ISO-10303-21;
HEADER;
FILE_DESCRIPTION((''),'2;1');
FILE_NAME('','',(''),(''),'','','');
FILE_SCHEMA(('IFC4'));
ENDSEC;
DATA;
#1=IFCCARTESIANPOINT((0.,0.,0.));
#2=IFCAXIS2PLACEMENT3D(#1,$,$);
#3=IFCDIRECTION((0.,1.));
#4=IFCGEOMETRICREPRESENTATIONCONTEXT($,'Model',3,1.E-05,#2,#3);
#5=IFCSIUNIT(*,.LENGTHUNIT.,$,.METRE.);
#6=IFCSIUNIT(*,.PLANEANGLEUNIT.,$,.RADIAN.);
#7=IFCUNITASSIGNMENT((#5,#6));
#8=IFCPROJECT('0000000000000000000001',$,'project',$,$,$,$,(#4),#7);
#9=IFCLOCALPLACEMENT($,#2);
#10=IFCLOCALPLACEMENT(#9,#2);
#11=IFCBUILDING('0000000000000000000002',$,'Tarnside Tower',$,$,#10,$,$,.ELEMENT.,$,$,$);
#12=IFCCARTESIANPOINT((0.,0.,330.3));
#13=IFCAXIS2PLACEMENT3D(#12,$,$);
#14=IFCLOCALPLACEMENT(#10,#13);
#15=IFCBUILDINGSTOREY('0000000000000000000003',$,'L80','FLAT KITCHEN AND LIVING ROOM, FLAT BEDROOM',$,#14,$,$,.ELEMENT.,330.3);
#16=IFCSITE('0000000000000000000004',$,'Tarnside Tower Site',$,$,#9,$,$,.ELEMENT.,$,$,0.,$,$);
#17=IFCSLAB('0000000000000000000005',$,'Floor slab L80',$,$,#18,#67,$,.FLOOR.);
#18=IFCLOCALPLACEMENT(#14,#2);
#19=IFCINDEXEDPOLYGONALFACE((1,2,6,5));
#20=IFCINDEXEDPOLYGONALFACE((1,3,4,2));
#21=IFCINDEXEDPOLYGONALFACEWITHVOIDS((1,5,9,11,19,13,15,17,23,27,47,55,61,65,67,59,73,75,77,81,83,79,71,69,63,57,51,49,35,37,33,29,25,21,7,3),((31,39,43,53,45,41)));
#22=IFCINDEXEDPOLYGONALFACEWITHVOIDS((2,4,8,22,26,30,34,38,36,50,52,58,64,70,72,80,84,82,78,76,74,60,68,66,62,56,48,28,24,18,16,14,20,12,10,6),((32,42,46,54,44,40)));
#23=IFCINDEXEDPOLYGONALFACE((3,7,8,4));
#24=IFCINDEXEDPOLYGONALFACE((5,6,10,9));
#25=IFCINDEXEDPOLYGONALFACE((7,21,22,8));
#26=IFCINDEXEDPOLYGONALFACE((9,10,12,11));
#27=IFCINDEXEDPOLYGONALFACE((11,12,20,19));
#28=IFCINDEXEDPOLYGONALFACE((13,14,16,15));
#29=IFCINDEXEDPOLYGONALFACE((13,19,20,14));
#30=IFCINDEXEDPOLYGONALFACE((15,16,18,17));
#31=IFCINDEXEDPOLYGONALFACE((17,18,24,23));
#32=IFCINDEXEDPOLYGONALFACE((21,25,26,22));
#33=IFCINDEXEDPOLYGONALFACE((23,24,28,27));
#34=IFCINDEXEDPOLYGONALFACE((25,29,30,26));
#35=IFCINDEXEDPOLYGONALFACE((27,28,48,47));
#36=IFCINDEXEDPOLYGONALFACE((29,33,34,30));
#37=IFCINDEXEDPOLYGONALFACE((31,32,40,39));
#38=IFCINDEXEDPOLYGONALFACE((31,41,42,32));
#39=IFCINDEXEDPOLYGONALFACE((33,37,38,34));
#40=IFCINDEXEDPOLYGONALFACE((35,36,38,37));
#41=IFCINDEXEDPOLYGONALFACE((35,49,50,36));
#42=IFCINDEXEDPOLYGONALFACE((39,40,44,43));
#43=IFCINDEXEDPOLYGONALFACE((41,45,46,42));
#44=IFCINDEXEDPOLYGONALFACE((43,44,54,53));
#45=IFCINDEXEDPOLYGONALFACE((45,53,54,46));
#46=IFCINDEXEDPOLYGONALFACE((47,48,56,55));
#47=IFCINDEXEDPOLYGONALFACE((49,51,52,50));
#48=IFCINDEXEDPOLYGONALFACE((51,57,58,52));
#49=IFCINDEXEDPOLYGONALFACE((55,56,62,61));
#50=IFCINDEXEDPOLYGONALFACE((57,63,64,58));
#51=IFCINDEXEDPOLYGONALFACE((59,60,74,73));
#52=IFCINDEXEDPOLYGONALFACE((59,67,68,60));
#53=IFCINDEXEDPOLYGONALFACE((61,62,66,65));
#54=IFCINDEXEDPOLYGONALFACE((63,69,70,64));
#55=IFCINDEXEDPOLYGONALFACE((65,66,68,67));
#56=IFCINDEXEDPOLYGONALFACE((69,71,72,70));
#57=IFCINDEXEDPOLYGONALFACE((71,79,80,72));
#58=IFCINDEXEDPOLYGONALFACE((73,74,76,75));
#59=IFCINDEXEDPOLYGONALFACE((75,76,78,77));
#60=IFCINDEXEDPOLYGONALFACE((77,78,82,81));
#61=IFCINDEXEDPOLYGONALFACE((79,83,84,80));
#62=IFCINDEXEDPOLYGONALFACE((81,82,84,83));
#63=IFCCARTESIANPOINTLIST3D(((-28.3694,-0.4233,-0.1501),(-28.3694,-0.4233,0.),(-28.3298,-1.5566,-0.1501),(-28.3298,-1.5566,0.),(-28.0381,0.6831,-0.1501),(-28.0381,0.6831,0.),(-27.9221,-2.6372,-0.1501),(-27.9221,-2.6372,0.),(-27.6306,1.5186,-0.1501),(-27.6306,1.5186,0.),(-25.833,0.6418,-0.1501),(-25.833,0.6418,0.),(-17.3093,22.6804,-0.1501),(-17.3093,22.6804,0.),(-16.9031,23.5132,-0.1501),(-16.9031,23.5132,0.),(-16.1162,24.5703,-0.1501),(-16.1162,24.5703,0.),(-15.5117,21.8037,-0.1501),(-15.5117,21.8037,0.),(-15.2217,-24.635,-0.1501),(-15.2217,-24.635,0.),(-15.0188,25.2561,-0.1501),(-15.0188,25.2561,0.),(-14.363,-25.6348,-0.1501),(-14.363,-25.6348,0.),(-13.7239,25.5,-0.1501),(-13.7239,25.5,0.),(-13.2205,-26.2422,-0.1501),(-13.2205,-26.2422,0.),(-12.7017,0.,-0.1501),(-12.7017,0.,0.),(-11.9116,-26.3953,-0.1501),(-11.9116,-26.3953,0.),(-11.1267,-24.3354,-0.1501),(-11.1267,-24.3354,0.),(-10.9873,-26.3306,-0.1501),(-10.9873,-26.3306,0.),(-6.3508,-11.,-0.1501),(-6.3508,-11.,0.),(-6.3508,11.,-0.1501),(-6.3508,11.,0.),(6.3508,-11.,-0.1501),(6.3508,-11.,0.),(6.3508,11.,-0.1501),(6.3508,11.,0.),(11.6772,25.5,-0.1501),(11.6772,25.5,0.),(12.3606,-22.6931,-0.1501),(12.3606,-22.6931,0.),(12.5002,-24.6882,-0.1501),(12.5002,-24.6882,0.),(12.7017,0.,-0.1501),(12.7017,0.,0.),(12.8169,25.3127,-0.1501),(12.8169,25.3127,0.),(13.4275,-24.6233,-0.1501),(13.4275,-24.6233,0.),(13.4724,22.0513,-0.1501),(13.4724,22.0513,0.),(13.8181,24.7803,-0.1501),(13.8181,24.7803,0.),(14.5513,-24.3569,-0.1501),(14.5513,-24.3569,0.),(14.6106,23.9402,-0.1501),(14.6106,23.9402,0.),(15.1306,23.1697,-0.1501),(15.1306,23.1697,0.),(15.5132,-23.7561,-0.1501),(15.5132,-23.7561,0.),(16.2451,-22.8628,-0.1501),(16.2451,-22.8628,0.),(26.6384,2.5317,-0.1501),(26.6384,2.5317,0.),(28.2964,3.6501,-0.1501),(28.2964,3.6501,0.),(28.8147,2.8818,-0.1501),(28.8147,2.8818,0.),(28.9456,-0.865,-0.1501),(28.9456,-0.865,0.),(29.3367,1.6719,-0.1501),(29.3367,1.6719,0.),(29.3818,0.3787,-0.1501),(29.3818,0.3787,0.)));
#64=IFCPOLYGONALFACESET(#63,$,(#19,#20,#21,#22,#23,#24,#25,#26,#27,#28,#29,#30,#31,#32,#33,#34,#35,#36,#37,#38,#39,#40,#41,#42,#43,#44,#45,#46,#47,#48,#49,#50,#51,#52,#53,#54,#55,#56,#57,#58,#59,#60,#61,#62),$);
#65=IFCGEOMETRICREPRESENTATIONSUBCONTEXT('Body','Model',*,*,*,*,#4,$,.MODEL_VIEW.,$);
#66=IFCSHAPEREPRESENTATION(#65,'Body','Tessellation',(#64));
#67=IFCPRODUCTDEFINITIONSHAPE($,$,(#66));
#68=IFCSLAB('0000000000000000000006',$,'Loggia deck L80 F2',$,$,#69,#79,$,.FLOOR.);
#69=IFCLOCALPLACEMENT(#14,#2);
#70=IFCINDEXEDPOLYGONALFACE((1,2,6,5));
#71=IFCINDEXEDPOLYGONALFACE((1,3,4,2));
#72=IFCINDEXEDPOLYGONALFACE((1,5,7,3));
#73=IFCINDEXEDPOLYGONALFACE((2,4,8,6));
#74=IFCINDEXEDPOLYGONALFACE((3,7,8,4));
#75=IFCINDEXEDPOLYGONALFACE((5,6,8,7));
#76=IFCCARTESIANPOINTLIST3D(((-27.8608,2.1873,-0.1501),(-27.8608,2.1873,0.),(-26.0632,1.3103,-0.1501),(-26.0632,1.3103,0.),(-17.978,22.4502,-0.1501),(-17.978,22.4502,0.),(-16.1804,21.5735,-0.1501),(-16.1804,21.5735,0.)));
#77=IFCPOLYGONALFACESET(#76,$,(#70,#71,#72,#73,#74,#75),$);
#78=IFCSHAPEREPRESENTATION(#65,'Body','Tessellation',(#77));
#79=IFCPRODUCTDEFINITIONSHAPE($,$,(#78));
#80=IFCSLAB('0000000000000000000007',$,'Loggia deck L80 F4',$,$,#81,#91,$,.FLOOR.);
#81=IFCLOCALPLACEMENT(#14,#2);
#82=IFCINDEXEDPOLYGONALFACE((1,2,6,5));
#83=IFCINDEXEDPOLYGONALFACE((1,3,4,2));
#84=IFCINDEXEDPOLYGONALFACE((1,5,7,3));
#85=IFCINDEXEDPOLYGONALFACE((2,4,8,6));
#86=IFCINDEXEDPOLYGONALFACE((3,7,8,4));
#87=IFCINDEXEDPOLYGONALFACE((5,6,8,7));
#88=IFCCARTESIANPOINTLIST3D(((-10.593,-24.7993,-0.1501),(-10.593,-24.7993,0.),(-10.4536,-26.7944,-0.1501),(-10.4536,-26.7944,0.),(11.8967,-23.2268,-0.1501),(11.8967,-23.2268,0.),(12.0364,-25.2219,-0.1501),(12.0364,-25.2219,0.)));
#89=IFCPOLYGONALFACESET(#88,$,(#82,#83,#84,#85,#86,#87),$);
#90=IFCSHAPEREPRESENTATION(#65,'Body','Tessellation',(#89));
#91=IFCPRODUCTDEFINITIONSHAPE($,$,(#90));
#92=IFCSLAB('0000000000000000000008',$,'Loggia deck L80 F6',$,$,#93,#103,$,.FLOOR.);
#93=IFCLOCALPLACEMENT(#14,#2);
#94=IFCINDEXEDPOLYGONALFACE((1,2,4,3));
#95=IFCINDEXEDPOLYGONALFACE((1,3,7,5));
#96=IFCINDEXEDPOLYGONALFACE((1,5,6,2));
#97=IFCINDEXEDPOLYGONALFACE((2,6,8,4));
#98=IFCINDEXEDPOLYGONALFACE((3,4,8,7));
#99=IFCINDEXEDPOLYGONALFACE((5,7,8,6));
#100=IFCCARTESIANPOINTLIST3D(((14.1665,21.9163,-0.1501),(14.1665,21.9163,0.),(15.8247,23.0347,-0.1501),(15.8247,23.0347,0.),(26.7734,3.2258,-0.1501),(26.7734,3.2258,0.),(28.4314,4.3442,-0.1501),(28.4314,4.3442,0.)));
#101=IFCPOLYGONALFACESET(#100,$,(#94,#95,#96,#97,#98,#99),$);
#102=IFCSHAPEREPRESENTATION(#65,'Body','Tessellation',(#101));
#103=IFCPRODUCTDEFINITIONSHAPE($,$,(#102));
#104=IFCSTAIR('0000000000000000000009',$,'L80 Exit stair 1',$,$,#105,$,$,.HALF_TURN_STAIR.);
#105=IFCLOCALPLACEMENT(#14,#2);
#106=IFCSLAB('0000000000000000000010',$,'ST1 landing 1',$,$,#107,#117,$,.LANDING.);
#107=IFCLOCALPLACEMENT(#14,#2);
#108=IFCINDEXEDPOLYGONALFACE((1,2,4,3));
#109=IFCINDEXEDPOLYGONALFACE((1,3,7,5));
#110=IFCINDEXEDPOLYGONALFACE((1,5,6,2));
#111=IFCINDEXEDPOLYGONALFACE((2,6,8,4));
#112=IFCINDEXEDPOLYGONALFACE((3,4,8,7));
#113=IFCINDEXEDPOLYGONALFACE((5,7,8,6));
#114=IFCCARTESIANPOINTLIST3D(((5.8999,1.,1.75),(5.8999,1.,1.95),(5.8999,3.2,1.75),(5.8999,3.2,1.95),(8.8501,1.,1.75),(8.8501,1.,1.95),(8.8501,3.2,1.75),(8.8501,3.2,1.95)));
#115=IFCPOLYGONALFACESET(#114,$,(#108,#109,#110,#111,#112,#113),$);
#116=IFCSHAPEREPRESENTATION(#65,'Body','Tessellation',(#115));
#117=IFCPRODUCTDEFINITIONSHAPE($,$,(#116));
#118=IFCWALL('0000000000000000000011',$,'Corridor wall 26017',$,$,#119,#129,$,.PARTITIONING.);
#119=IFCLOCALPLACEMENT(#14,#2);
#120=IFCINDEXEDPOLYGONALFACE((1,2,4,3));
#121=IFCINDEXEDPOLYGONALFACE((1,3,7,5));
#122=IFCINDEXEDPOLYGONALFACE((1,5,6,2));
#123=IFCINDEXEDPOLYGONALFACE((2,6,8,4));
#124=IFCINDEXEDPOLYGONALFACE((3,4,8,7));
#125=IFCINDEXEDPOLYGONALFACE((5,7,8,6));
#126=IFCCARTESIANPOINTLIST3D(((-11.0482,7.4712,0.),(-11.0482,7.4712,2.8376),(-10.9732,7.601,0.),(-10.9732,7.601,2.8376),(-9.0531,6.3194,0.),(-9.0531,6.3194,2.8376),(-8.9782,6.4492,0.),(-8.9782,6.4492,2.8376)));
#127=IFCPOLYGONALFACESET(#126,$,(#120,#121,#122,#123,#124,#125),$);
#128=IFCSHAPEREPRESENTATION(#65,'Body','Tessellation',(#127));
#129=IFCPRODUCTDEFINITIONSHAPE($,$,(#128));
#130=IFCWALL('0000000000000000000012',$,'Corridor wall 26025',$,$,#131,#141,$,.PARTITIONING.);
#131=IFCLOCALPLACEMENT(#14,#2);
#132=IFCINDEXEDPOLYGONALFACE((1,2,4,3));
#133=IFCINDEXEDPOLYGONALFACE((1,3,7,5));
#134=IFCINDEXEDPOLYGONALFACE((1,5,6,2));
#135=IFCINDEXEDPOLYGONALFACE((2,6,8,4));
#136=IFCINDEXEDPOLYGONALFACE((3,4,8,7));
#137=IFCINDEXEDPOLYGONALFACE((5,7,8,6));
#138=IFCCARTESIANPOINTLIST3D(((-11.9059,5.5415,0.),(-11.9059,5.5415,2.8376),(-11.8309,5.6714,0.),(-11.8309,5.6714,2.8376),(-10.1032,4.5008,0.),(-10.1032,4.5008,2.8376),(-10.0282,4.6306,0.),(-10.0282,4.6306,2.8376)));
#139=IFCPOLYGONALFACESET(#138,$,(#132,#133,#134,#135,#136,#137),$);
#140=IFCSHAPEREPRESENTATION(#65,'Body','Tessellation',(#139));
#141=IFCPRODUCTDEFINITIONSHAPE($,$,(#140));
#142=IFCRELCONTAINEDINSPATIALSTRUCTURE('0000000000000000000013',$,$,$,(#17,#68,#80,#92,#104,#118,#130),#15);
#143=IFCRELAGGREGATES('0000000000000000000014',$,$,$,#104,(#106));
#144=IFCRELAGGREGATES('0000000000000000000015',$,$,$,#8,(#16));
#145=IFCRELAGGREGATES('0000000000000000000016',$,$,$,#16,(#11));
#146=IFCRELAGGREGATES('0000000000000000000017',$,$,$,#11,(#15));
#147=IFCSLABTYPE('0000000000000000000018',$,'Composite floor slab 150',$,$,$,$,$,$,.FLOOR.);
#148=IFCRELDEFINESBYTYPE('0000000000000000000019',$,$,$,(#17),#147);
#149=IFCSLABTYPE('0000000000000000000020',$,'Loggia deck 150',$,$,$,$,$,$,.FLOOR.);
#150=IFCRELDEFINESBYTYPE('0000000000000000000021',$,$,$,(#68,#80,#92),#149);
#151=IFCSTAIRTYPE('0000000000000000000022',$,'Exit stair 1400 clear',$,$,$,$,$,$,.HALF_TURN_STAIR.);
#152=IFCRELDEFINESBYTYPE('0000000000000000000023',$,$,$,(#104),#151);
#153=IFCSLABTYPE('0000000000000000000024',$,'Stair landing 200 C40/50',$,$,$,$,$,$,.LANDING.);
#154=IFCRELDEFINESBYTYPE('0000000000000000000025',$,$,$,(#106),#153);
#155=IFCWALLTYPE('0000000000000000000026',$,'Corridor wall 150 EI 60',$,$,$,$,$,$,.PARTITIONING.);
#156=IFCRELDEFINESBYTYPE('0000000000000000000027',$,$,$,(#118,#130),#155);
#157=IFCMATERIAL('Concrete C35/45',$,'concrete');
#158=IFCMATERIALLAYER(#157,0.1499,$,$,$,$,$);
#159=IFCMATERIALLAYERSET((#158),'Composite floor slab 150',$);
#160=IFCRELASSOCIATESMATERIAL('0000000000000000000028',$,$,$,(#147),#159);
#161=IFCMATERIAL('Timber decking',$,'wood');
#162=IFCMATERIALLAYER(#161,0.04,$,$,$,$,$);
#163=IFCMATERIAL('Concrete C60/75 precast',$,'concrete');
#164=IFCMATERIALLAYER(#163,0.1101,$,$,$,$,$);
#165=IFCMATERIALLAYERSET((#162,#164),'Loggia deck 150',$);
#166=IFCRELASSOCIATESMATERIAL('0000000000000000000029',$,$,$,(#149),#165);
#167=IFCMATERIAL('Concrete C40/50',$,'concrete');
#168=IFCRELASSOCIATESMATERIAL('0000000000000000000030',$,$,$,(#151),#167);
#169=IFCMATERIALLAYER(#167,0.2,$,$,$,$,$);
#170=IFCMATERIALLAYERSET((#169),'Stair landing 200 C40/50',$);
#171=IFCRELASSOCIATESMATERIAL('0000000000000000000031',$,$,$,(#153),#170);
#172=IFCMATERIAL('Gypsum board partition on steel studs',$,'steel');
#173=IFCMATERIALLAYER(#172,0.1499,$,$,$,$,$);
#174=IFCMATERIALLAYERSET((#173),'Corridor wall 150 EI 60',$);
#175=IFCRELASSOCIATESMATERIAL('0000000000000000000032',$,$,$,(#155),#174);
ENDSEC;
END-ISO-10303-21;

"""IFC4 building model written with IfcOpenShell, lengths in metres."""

from ifc_helpers import new_model, si_unit, direction, frame, frame_2d, origin, place, context, subcontext, project, spatial, polyline, rectangle, outline, extrude, material, layer, layer_set, type_object, element, aggregate, save


model = new_model("IFC4")

# Units and contexts
model_context = context("Model", 3, precision=1e-05, world=origin(), true_north=direction((0.0, 1.0)))
body_context = subcontext(model_context, "Body", "Model", "MODEL_VIEW")
ifc_project = project(units=[si_unit("LENGTHUNIT", "METRE"), si_unit("PLANEANGLEUNIT", "RADIAN")], contexts=[model_context])

# Site, building, storey
site_placement = place(None, origin())
site = spatial("IfcSite", under=ifc_project, at=site_placement, Name="Tarnside Tower Site", CompositionType="ELEMENT", RefElevation=0.0)
building_placement = place(site_placement, origin())
building = spatial("IfcBuilding", under=site, at=building_placement, Name="Tarnside Tower", CompositionType="ELEMENT")
storey_placement = place(building_placement, frame((0.0, 0.0, 330.3)))
storey = spatial("IfcBuildingStorey", under=building, at=storey_placement, Name="L80", Description="FLAT KITCHEN AND LIVING ROOM, FLAT BEDROOM", CompositionType="ELEMENT", Elevation=330.3)

# Slabs
ifc_material_1 = material(Name="Concrete C35/45", Category="concrete")
ifc_layer_1 = layer(ifc_material_1, 0.1499)
ifc_layer_set_1 = layer_set([ifc_layer_1], Name="Composite floor slab 150")
slab_type_1 = type_object("IfcSlabType", Name="Composite floor slab 150", PredefinedType="FLOOR", material=ifc_layer_set_1)
slab_1_placement = place(storey_placement, frame((0.0, 0.0, -0.1501)))
element("IfcSlab", 1, at=slab_1_placement, inside=storey, type_object=slab_type_1, Name="Floor slab L80", PredefinedType="FLOOR", context=body_context, shape_type="SweptSolid", body=[
    extrude(outline(polyline([(12.8169, 25.3127), (13.8181, 24.7803), (14.6106, 23.9402), (15.1306, 23.1697), (13.4724, 22.0513), (26.6384, 2.5317), (28.2964, 3.6501), (28.8147, 2.8818), (29.3367, 1.6719), (29.3818, 0.3787), (28.9456, -0.865), (16.2451, -22.8628), (15.5132, -23.7561), (14.5513, -24.3569), (13.4275, -24.6233), (12.5002, -24.6882), (12.3606, -22.6931), (-11.1267, -24.3354), (-10.9873, -26.3306), (-11.9116, -26.3953), (-13.2205, -26.2422), (-14.363, -25.6348), (-15.2217, -24.635), (-27.9221, -2.6372), (-28.3298, -1.5566), (-28.3694, -0.4233), (-28.0381, 0.6831), (-27.6306, 1.5186), (-25.833, 0.6418), (-15.5117, 21.8037), (-17.3093, 22.6804), (-16.9031, 23.5132), (-16.1162, 24.5703), (-15.0188, 25.2561), (-13.7239, 25.5), (11.6772, 25.5), (12.8169, 25.3127)]), holes=[polyline([(-12.7017, 0.0), (-6.3508, -11.0), (6.3508, -11.0), (12.7017, 0.0), (6.3508, 11.0), (-6.3508, 11.0), (-12.7017, 0.0)])]), origin(), (0.0, 0.0, 1.0), 0.1501),
])
ifc_material_2 = material(Name="Timber decking", Category="wood")
ifc_layer_2 = layer(ifc_material_2, 0.04)
ifc_material_3 = material(Name="Concrete C60/75 precast", Category="concrete")
ifc_layer_3 = layer(ifc_material_3, 0.1101)
ifc_layer_set_2 = layer_set([ifc_layer_2, ifc_layer_3], Name="Loggia deck 150")
slab_type_2 = type_object("IfcSlabType", Name="Loggia deck 150", PredefinedType="FLOOR", material=ifc_layer_set_2)
slab_2_placement = place(storey_placement, frame((0.0, 0.0, -0.1501)))
element("IfcSlab", 2, at=slab_2_placement, inside=storey, type_object=slab_type_2, Name="Loggia deck L80 F2", PredefinedType="FLOOR", context=body_context, shape_type="SweptSolid", body=[
    extrude(outline(polyline([(-16.1804, 21.5735), (-26.0632, 1.3103), (-27.8608, 2.1873), (-17.978, 22.4502), (-16.1804, 21.5735)])), origin(), (0.0, 0.0, 1.0), 0.1501),
])
slab_3_placement = place(storey_placement, frame((0.0, 0.0, -0.1501)))
element("IfcSlab", 3, at=slab_3_placement, inside=storey, type_object=slab_type_2, Name="Loggia deck L80 F4", PredefinedType="FLOOR", context=body_context, shape_type="SweptSolid", body=[
    extrude(outline(polyline([(-10.593, -24.7993), (11.8967, -23.2268), (12.0364, -25.2219), (-10.4536, -26.7944), (-10.593, -24.7993)])), origin(), (0.0, 0.0, 1.0), 0.1501),
])
slab_4_placement = place(storey_placement, frame((0.0, 0.0, -0.1501)))
element("IfcSlab", 4, at=slab_4_placement, inside=storey, type_object=slab_type_2, Name="Loggia deck L80 F6", PredefinedType="FLOOR", context=body_context, shape_type="SweptSolid", body=[
    extrude(outline(polyline([(26.7734, 3.2258), (14.1665, 21.9163), (15.8247, 23.0347), (28.4314, 4.3442), (26.7734, 3.2258)])), origin(), (0.0, 0.0, 1.0), 0.1501),
])

# Stair, slab
ifc_material_4 = material(Name="Concrete C40/50", Category="concrete")
stair_type = type_object("IfcStairType", Name="Exit stair 1400 clear", PredefinedType="HALF_TURN_STAIR", material=ifc_material_4)
stair_1_placement = place(storey_placement, origin())
stair_1 = element("IfcStair", 5, at=stair_1_placement, inside=storey, type_object=stair_type, Name="L80 Exit stair 1", PredefinedType="HALF_TURN_STAIR")
ifc_layer_4 = layer(ifc_material_4, 0.2)
ifc_layer_set_3 = layer_set([ifc_layer_4], Name="Stair landing 200 C40/50")
slab_type_3 = type_object("IfcSlabType", Name="Stair landing 200 C40/50", PredefinedType="LANDING", material=ifc_layer_set_3)
slab_5_placement = place(storey_placement, frame((0.0, 0.0, 1.75)))
slab_5 = element("IfcSlab", 6, at=slab_5_placement, type_object=slab_type_3, Name="ST1 landing 1", PredefinedType="LANDING", context=body_context, shape_type="SweptSolid", body=[
    extrude(outline(polyline([(8.8501, 1.0), (8.8501, 3.2), (5.8999, 3.2), (5.8999, 1.0), (8.8501, 1.0)])), origin(), (0.0, 0.0, 1.0), 0.2),
])
aggregate(stair_1, [slab_5])

# Walls
ifc_material_5 = material(Name="Gypsum board partition on steel studs", Category="steel")
ifc_layer_5 = layer(ifc_material_5, 0.1499)
ifc_layer_set_4 = layer_set([ifc_layer_5], Name="Corridor wall 150 EI 60")
wall_type_1 = type_object("IfcWallType", Name="Corridor wall 150 EI 60", PredefinedType="PARTITIONING", material=ifc_layer_set_4)
wall_1_placement = place(storey_placement, frame((-9.0156, 6.3843, 0.0), z_axis=(0.0, 0.0, 1.0), x_axis=(-0.86603, 0.499992, 0.0)))
element("IfcWall", 7, at=wall_1_placement, inside=storey, type_object=wall_type_1, Name="Corridor wall 26017", PredefinedType="PARTITIONING", context=body_context, shape_type="SweptSolid", body=[
    extrude(rectangle(XDim=2.3037, YDim=0.1499, at=frame_2d((1.1519, 0.0))), origin(), (0.0, 0.0, 1.0), 2.8376),
])
wall_2_placement = place(storey_placement, frame((-11.8684, 5.6064, 0.0), z_axis=(0.0, 0.0, 1.0), x_axis=(0.866033, -0.499986, 0.0)))
element("IfcWall", 8, at=wall_2_placement, inside=storey, type_object=wall_type_1, Name="Corridor wall 26025", PredefinedType="PARTITIONING", context=body_context, shape_type="SweptSolid", body=[
    extrude(rectangle(XDim=2.0815, YDim=0.1499, at=frame_2d((1.0408, 0.0))), origin(), (0.0, 0.0, 1.0), 2.8376),
])

save(model, "model.ifc")
